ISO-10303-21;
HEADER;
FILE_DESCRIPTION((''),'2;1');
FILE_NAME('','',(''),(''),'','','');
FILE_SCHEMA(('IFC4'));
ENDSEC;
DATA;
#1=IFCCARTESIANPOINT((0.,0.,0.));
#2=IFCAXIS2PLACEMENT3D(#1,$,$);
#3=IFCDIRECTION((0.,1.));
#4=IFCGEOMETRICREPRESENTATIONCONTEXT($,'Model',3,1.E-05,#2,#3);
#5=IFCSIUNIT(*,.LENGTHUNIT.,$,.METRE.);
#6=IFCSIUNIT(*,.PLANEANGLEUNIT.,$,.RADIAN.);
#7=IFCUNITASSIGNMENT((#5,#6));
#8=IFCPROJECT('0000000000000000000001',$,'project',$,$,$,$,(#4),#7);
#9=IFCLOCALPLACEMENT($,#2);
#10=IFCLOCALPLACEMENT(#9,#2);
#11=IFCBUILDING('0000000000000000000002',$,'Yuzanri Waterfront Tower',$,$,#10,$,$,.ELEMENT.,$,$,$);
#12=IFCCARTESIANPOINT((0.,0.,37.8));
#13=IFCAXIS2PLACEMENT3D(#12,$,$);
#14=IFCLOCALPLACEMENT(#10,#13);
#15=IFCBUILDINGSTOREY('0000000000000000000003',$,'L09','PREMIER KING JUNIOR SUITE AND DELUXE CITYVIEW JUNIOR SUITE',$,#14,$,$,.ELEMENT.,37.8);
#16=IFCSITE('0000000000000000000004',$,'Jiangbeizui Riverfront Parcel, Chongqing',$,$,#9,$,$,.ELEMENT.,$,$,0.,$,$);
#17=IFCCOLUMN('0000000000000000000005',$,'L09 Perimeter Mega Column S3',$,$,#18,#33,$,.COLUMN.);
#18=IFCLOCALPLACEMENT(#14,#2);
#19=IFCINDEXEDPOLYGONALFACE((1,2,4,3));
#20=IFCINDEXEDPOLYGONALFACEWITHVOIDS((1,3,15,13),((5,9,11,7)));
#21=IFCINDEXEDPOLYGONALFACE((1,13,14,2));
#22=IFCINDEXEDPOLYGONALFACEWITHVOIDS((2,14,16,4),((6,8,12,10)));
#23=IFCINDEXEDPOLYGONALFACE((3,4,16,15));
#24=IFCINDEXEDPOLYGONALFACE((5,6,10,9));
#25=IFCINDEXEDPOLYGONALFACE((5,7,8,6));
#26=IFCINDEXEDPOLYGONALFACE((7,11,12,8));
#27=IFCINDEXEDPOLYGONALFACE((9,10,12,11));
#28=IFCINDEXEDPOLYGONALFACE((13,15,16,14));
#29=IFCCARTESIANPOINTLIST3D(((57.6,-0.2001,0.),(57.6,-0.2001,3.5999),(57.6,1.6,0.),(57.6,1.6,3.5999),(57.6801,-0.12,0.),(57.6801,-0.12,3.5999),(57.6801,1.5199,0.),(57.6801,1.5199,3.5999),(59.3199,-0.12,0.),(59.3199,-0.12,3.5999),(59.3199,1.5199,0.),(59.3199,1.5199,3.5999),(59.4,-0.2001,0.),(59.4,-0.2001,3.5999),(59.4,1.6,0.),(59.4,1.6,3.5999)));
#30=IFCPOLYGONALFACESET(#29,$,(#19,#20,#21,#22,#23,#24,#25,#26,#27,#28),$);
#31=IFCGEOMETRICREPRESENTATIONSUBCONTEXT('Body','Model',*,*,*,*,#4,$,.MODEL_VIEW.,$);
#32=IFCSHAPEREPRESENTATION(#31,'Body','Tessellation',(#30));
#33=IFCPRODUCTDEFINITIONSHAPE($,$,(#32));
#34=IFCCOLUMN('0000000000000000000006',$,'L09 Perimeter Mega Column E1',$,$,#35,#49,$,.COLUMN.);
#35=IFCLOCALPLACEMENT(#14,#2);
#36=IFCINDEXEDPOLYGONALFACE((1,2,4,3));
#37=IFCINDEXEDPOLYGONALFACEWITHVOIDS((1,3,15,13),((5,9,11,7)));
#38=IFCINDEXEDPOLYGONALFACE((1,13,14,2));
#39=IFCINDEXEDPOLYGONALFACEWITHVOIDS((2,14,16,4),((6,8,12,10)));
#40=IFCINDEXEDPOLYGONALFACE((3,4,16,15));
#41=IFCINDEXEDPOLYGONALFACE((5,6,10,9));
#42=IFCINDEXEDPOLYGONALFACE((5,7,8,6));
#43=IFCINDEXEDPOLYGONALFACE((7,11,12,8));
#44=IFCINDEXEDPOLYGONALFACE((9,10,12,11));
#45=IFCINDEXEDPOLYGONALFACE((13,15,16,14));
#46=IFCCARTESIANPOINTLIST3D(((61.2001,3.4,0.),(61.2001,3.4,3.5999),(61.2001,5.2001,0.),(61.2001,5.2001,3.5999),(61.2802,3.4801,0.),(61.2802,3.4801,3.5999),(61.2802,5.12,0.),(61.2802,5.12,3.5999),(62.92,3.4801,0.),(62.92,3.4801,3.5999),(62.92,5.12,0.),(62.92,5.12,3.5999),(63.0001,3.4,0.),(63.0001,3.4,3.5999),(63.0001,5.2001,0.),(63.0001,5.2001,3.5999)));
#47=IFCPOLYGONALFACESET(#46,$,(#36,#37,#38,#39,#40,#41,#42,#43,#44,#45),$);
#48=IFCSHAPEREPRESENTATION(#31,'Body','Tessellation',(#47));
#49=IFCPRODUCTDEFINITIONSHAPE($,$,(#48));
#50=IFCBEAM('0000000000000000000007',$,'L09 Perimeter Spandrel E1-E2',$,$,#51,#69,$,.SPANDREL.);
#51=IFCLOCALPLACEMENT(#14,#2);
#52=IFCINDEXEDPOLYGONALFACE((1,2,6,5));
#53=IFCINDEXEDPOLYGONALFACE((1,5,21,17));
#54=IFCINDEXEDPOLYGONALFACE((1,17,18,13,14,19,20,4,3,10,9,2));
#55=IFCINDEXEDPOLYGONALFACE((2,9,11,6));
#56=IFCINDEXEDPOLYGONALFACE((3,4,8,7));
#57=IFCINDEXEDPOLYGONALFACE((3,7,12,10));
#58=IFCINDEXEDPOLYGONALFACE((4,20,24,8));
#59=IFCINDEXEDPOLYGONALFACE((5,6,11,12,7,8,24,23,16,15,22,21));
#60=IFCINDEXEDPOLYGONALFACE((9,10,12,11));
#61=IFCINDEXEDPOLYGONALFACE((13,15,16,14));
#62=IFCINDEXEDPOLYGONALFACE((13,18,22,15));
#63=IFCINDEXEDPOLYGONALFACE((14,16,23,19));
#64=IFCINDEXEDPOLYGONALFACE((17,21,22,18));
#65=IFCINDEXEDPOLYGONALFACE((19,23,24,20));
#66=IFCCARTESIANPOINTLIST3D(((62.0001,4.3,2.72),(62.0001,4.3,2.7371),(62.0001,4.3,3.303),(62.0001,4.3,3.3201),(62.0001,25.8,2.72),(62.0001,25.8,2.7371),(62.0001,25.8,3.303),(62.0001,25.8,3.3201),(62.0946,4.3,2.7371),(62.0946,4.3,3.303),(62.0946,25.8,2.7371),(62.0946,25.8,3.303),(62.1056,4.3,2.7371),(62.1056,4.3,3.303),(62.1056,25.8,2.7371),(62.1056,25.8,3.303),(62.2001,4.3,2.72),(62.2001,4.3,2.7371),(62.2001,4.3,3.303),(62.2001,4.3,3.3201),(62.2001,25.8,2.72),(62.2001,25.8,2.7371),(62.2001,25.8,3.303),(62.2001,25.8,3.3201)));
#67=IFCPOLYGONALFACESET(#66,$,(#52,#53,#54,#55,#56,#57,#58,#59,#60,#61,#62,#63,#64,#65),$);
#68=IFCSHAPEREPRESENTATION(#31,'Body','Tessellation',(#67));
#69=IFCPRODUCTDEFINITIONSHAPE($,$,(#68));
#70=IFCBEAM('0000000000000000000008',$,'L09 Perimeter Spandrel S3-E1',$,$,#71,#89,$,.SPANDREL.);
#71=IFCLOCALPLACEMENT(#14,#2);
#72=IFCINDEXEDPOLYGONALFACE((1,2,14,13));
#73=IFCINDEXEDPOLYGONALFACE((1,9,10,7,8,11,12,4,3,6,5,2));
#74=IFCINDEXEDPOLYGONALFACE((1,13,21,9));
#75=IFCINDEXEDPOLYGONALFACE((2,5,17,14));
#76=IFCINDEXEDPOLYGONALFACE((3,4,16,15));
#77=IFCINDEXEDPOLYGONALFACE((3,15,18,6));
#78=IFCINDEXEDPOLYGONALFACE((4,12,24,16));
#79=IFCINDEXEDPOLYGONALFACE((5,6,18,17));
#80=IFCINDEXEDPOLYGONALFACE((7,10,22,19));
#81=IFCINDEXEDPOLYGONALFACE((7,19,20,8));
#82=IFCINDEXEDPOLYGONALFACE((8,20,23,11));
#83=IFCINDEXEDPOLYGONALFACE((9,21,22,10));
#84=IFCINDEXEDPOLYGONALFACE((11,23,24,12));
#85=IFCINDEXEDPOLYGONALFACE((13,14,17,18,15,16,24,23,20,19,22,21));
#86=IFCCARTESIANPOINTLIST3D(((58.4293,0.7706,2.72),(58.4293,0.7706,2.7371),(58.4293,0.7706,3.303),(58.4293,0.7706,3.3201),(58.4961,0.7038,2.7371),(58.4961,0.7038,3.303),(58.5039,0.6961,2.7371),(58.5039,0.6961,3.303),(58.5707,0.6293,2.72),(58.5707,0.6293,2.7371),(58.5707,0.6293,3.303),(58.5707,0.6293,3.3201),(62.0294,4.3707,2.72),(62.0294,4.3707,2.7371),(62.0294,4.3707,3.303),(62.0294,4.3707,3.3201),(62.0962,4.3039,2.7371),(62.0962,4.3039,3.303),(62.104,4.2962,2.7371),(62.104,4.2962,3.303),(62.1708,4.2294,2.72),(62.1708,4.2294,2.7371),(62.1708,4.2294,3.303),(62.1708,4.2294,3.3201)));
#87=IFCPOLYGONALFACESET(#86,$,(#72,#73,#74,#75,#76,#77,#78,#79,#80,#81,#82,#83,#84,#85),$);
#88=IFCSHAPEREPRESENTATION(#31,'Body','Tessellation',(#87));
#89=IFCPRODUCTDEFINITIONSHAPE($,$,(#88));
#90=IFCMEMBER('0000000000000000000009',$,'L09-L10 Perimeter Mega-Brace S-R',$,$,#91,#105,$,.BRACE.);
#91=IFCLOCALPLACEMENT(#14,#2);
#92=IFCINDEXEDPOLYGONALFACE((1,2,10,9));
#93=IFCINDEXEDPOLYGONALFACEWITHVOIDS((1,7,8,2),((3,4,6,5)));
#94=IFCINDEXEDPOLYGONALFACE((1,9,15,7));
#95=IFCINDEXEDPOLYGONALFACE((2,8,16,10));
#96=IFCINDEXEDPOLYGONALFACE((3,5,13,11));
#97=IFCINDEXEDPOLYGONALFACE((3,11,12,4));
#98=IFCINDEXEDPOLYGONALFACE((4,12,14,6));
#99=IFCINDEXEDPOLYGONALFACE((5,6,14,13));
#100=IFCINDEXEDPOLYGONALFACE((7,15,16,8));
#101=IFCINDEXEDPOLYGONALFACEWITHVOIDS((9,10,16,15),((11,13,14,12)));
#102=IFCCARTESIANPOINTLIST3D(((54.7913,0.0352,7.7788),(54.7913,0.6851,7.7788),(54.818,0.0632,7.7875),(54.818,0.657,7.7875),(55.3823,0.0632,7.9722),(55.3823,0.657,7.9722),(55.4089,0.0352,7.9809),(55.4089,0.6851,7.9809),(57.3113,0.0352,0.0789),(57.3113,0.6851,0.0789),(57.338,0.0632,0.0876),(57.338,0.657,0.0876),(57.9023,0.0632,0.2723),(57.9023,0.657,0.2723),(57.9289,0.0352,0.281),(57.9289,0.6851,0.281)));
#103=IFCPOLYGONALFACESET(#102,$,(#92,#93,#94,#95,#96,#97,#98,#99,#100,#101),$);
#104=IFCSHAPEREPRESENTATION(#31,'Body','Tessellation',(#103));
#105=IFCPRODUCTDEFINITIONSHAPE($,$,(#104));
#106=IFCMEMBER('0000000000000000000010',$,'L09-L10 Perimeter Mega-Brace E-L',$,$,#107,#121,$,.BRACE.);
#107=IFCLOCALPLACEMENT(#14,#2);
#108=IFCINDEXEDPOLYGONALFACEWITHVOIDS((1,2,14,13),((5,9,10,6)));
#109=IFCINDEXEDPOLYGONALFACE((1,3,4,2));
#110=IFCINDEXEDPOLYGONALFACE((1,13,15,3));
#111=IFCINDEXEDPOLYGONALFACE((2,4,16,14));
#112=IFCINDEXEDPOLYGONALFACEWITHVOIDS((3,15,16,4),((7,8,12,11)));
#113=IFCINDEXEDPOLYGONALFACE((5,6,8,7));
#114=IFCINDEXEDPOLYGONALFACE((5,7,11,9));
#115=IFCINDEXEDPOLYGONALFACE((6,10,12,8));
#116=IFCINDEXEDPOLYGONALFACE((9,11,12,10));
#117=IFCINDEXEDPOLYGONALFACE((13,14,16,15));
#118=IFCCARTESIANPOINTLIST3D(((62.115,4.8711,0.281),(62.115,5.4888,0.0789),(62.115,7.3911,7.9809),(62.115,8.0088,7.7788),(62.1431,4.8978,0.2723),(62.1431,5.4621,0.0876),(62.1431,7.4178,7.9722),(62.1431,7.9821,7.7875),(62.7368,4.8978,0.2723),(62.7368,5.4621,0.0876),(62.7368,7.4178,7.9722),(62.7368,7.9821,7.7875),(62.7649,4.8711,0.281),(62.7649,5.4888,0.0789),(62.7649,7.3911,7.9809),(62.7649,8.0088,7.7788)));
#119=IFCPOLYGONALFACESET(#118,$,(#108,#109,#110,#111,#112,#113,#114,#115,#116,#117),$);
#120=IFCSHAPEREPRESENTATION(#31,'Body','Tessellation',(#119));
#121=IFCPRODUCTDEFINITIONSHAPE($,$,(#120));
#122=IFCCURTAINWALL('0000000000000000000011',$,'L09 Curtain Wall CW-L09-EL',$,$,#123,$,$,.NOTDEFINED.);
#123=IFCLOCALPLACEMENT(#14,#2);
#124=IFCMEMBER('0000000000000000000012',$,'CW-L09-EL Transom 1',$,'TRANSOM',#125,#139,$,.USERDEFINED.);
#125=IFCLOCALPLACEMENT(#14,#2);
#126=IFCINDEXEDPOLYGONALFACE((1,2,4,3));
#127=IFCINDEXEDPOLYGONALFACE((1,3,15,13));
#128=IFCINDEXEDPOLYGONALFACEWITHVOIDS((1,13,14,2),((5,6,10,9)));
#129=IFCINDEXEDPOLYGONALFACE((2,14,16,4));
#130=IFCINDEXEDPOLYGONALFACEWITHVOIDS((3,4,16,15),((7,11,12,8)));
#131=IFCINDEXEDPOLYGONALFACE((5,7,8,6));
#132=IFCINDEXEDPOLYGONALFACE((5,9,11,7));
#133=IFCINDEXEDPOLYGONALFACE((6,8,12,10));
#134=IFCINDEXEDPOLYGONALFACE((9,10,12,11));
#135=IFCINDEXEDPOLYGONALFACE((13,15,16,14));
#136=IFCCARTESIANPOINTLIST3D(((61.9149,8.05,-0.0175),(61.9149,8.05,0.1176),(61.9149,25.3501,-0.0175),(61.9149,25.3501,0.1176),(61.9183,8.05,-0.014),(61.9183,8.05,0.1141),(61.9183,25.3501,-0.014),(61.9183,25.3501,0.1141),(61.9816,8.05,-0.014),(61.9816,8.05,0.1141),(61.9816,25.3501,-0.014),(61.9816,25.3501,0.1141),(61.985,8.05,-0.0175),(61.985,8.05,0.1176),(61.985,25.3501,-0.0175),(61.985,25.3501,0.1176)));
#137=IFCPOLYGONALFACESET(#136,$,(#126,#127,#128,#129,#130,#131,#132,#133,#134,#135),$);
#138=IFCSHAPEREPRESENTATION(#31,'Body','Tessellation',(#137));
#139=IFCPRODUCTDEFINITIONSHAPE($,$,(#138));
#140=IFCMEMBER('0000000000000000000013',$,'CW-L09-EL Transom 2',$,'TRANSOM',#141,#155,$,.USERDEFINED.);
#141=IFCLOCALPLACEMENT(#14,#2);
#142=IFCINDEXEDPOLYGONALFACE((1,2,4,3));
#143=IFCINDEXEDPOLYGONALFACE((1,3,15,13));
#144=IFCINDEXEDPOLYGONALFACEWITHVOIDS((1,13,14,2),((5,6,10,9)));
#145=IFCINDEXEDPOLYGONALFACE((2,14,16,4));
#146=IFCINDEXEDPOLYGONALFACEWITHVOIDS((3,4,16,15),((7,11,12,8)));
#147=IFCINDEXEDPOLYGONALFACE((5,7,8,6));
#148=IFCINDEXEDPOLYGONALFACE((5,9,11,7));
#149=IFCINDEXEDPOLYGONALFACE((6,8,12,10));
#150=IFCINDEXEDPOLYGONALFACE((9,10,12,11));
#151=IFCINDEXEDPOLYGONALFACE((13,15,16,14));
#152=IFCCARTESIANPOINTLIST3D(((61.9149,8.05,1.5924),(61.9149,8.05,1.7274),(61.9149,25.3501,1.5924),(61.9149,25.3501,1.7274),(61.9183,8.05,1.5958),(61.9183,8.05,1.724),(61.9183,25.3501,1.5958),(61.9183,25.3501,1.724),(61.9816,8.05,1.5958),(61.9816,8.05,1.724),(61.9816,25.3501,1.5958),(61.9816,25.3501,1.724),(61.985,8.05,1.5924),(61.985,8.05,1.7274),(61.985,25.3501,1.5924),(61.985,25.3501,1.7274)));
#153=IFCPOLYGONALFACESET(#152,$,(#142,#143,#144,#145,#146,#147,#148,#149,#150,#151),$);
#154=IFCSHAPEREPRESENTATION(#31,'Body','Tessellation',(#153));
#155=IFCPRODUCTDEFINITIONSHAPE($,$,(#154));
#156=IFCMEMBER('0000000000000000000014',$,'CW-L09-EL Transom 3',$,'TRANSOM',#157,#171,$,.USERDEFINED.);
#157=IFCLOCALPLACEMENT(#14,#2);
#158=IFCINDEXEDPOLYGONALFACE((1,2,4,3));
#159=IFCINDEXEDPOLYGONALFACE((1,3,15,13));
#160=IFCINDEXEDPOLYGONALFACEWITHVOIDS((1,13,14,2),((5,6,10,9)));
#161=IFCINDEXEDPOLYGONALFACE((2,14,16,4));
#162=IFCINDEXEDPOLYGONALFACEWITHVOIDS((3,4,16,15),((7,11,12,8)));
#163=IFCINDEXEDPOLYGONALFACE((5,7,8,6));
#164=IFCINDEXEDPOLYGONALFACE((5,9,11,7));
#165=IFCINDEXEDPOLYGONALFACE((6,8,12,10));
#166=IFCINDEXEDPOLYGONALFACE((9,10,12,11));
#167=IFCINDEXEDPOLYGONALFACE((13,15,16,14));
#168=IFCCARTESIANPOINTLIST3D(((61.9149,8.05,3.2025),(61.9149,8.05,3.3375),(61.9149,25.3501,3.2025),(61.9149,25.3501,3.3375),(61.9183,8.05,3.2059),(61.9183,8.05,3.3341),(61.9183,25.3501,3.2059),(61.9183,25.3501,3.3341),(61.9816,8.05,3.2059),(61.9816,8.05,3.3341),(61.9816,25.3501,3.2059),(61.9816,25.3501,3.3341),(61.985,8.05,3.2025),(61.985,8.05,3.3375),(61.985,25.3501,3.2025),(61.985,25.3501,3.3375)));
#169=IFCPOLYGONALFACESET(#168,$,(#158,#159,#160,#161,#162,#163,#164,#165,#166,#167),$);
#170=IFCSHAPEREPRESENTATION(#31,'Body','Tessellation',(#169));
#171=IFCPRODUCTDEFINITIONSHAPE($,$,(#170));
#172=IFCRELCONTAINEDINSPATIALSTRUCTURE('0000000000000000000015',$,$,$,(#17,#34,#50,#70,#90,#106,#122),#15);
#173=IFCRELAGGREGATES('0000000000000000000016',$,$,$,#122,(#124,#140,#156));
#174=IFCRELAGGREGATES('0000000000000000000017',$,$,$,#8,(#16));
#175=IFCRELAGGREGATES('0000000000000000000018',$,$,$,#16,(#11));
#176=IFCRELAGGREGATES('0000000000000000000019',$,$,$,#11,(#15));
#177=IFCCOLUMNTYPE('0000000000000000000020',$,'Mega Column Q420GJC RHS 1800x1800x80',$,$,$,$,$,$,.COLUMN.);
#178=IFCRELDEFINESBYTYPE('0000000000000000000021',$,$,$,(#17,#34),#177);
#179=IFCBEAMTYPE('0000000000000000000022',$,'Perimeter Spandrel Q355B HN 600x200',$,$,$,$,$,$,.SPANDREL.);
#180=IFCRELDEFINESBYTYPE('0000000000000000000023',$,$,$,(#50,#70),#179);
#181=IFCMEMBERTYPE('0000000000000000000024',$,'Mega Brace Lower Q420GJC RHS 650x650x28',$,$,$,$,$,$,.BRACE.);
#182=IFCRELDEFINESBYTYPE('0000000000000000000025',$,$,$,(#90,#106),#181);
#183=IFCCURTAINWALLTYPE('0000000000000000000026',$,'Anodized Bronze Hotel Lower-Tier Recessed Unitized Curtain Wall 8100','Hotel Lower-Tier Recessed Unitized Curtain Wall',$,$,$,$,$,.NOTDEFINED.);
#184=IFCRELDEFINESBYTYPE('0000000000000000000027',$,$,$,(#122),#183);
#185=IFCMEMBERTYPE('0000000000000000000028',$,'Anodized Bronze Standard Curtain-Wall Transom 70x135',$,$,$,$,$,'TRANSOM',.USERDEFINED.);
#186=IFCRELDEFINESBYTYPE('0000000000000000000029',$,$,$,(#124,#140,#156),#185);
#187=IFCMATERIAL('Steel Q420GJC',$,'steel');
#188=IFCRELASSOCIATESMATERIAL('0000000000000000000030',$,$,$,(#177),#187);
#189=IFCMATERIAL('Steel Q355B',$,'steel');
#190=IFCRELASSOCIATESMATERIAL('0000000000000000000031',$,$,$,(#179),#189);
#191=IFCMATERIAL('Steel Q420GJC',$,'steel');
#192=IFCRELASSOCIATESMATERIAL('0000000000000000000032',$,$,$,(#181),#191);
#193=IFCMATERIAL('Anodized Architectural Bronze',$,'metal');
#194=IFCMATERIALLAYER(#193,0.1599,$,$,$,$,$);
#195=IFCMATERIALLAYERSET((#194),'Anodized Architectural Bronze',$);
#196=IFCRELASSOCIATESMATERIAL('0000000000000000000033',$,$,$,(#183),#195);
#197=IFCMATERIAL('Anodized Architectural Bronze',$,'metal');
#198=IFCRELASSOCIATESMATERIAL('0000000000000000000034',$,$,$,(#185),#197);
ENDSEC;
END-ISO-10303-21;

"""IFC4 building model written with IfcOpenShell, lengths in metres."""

from ifc_helpers import new_model, si_unit, direction, frame, origin, origin_2d, place, context, subcontext, project, spatial, hollow_rectangle, i_section, extrude, source, transform, mapped, material, layer, layer_set, material_profile, profile_set, type_object, element, aggregate, save


model = new_model("IFC4")

# Units and contexts
model_context = context("Model", 3, precision=1e-05, world=origin(), true_north=direction((0.0, 1.0)))
body_context = subcontext(model_context, "Body", "Model", "MODEL_VIEW")
ifc_project = project(units=[si_unit("LENGTHUNIT", "METRE"), si_unit("PLANEANGLEUNIT", "RADIAN")], contexts=[model_context])

# Site, building, storey
site_placement = place(None, origin())
site = spatial("IfcSite", under=ifc_project, at=site_placement, Name="Jiangbeizui Riverfront Parcel, Chongqing", CompositionType="ELEMENT", RefElevation=0.0)
building_placement = place(site_placement, origin())
building = spatial("IfcBuilding", under=site, at=building_placement, Name="Yuzanri Waterfront Tower", CompositionType="ELEMENT")
storey_placement = place(building_placement, frame((0.0, 0.0, 37.8)))
storey = spatial("IfcBuildingStorey", under=building, at=storey_placement, Name="L09", Description="PREMIER KING JUNIOR SUITE AND DELUXE CITYVIEW JUNIOR SUITE", CompositionType="ELEMENT", Elevation=37.8)

# Columns
ifc_material_1 = material(Name="Steel Q420GJC", Category="steel")
ifc_material_profile_1 = material_profile(ifc_material_1, hollow_rectangle(XDim=1.8, YDim=1.8, WallThickness=0.0801, at=origin_2d()), Name="RHS 1800x1800x80")
ifc_profile_set_1 = profile_set([ifc_material_profile_1], Name="Steel Q420GJC")
column_type = type_object("IfcColumnType", Name="Mega Column Q420GJC RHS 1800x1800x80", PredefinedType="COLUMN", material=ifc_profile_set_1)
shared_shape_1 = source(origin(), body_context, "Body", "SweptSolid", [
    extrude(hollow_rectangle(XDim=1.8, YDim=1.8, WallThickness=0.0801, at=origin_2d()), origin(), (0.0, 0.0, 1.0), 3.5999),
])
for number, where, z_axis, x_axis, name in (
    (1, (58.5, 0.7, 0.0), (0.0, 0.0, 1.0), (1.0, 0.0, 0.0), "L09 Perimeter Mega Column S3"),
    (2, (62.1001, 4.3, 0.0), (0.0, 0.0, 1.0), (1.0, 0.0, 0.0), "L09 Perimeter Mega Column E1"),
):
    element("IfcColumn", number, at=place(storey_placement, frame(where, z_axis=z_axis, x_axis=x_axis)), inside=storey, type_object=column_type, Name=name, PredefinedType="COLUMN", context=body_context, shape_type="MappedRepresentation", body=[
        mapped(shared_shape_1, transform((0.0, 0.0, 0.0), scale=1.0)),
    ])

# Beams
ifc_material_2 = material(Name="Steel Q355B", Category="steel")
ifc_material_profile_2 = material_profile(ifc_material_2, i_section(OverallWidth=0.2, OverallDepth=0.6001, WebThickness=0.011, FlangeThickness=0.0171, at=origin_2d()), Name="HN 600x200x11x17")
ifc_profile_set_2 = profile_set([ifc_material_profile_2], Name="Steel Q355B")
beam_type = type_object("IfcBeamType", Name="Perimeter Spandrel Q355B HN 600x200", PredefinedType="SPANDREL", material=ifc_profile_set_2)
shared_shape_2 = source(origin(), body_context, "Body", "SweptSolid", [
    extrude(i_section(OverallWidth=0.2, OverallDepth=0.6001, WebThickness=0.011, FlangeThickness=0.0171, at=origin_2d()), origin(), (0.0, 0.0, 1.0), 21.5),
])
beam_1_placement = place(storey_placement, frame((62.1001, 4.3, 3.02), z_axis=(0.0, 1.0, 0.0), x_axis=(-1.0, 0.0, 0.0)))
element("IfcBeam", 3, at=beam_1_placement, inside=storey, type_object=beam_type, Name="L09 Perimeter Spandrel E1-E2", PredefinedType="SPANDREL", context=body_context, shape_type="MappedRepresentation", body=[
    mapped(shared_shape_2, transform((0.0, 0.0, 0.0), scale=1.0)),
])
shared_shape_3 = source(origin(), body_context, "Body", "SweptSolid", [
    extrude(i_section(OverallWidth=0.2, OverallDepth=0.6001, WebThickness=0.011, FlangeThickness=0.0171, at=origin_2d()), origin(), (0.0, 0.0, 1.0), 5.0913),
])
beam_2_placement = place(storey_placement, frame((58.5, 0.7, 3.02), z_axis=(0.707107, 0.707107, 0.0), x_axis=(-0.707107, 0.707107, 0.0)))
element("IfcBeam", 4, at=beam_2_placement, inside=storey, type_object=beam_type, Name="L09 Perimeter Spandrel S3-E1", PredefinedType="SPANDREL", context=body_context, shape_type="MappedRepresentation", body=[
    mapped(shared_shape_3, transform((0.0, 0.0, 0.0), scale=1.0)),
])

# Members
ifc_material_3 = material(Name="Steel Q420GJC", Category="steel")
ifc_material_profile_3 = material_profile(ifc_material_3, hollow_rectangle(XDim=0.6499, YDim=0.6499, WallThickness=0.0281, at=origin_2d()), Name="RHS 650x650x28")
ifc_profile_set_3 = profile_set([ifc_material_profile_3], Name="Steel Q420GJC")
member_type_1 = type_object("IfcMemberType", Name="Mega Brace Lower Q420GJC RHS 650x650x28", PredefinedType="BRACE", material=ifc_profile_set_3)
shared_shape_4 = source(origin(), body_context, "Body", "SweptSolid", [
    extrude(hollow_rectangle(XDim=0.6499, YDim=0.6499, WallThickness=0.0281, at=origin_2d()), origin(), (0.0, 0.0, 1.0), 8.1018),
])
for number, where, z_axis, x_axis, name in (
    (5, (57.6201, 0.3601, 0.1799), (-0.311043, 0.0, 0.950396), (0.0, -1.0, 0.0), "L09-L10 Perimeter Mega-Brace S-R"),
    (6, (62.4399, 5.1799, 0.1799), (0.0, 0.311043, 0.950396), (-1.0, 0.0, 0.0), "L09-L10 Perimeter Mega-Brace E-L"),
):
    element("IfcMember", number, at=place(storey_placement, frame(where, z_axis=z_axis, x_axis=x_axis)), inside=storey, type_object=member_type_1, Name=name, PredefinedType="BRACE", context=body_context, shape_type="MappedRepresentation", body=[
        mapped(shared_shape_4, transform((0.0, 0.0, 0.0), scale=1.0)),
    ])

# Curtain wall, members
ifc_material_4 = material(Name="Anodized Architectural Bronze", Category="metal")
ifc_layer_1 = layer(ifc_material_4, 0.1599)
ifc_layer_set_1 = layer_set([ifc_layer_1], Name="Anodized Architectural Bronze")
curtain_wall_type = type_object("IfcCurtainWallType", Name="Anodized Bronze Hotel Lower-Tier Recessed Unitized Curtain Wall 8100", Description="Hotel Lower-Tier Recessed Unitized Curtain Wall", PredefinedType="NOTDEFINED", material=ifc_layer_set_1)
curtain_wall_1_placement = place(storey_placement, origin())
curtain_wall_1 = element("IfcCurtainWall", 7, at=curtain_wall_1_placement, inside=storey, type_object=curtain_wall_type, Name="L09 Curtain Wall CW-L09-EL", PredefinedType="NOTDEFINED")
ifc_material_5 = material(Name="Anodized Architectural Bronze", Category="metal")
ifc_material_profile_4 = material_profile(ifc_material_5, hollow_rectangle(XDim=0.0701, YDim=0.135, WallThickness=0.0034, at=origin_2d()), Name="CWT 70x135")
ifc_profile_set_4 = profile_set([ifc_material_profile_4], Name="Anodized Architectural Bronze")
member_type_2 = type_object("IfcMemberType", Name="Anodized Bronze Standard Curtain-Wall Transom 70x135", ElementType="TRANSOM", PredefinedType="USERDEFINED", material=ifc_profile_set_4)
shared_shape_5 = source(origin(), body_context, "Body", "SweptSolid", [
    extrude(hollow_rectangle(XDim=0.0701, YDim=0.135, WallThickness=0.0034, at=origin_2d()), origin(), (0.0, 0.0, 1.0), 17.3),
])
member_1_placement = place(storey_placement, frame((61.95, 8.05, 0.05), z_axis=(0.0, 1.0, 0.0), x_axis=(-1.0, 0.0, 0.0)))
member_1 = element("IfcMember", 8, at=member_1_placement, type_object=member_type_2, Name="CW-L09-EL Transom 1", ObjectType="TRANSOM", PredefinedType="USERDEFINED", context=body_context, shape_type="MappedRepresentation", body=[
    mapped(shared_shape_5, transform((0.0, 0.0, 0.0), scale=1.0)),
])
member_2_placement = place(storey_placement, frame((61.95, 8.05, 1.6599), z_axis=(0.0, 1.0, 0.0), x_axis=(-1.0, 0.0, 0.0)))
member_2 = element("IfcMember", 9, at=member_2_placement, type_object=member_type_2, Name="CW-L09-EL Transom 2", ObjectType="TRANSOM", PredefinedType="USERDEFINED", context=body_context, shape_type="MappedRepresentation", body=[
    mapped(shared_shape_5, transform((0.0, 0.0, 0.0), scale=1.0)),
])
member_3_placement = place(storey_placement, frame((61.95, 8.05, 3.27), z_axis=(0.0, 1.0, 0.0), x_axis=(-1.0, 0.0, 0.0)))
member_3 = element("IfcMember", 10, at=member_3_placement, type_object=member_type_2, Name="CW-L09-EL Transom 3", ObjectType="TRANSOM", PredefinedType="USERDEFINED", context=body_context, shape_type="MappedRepresentation", body=[
    mapped(shared_shape_5, transform((0.0, 0.0, 0.0), scale=1.0)),
])
aggregate(curtain_wall_1, [member_1, member_2, member_3])

save(model, "model.ifc")
